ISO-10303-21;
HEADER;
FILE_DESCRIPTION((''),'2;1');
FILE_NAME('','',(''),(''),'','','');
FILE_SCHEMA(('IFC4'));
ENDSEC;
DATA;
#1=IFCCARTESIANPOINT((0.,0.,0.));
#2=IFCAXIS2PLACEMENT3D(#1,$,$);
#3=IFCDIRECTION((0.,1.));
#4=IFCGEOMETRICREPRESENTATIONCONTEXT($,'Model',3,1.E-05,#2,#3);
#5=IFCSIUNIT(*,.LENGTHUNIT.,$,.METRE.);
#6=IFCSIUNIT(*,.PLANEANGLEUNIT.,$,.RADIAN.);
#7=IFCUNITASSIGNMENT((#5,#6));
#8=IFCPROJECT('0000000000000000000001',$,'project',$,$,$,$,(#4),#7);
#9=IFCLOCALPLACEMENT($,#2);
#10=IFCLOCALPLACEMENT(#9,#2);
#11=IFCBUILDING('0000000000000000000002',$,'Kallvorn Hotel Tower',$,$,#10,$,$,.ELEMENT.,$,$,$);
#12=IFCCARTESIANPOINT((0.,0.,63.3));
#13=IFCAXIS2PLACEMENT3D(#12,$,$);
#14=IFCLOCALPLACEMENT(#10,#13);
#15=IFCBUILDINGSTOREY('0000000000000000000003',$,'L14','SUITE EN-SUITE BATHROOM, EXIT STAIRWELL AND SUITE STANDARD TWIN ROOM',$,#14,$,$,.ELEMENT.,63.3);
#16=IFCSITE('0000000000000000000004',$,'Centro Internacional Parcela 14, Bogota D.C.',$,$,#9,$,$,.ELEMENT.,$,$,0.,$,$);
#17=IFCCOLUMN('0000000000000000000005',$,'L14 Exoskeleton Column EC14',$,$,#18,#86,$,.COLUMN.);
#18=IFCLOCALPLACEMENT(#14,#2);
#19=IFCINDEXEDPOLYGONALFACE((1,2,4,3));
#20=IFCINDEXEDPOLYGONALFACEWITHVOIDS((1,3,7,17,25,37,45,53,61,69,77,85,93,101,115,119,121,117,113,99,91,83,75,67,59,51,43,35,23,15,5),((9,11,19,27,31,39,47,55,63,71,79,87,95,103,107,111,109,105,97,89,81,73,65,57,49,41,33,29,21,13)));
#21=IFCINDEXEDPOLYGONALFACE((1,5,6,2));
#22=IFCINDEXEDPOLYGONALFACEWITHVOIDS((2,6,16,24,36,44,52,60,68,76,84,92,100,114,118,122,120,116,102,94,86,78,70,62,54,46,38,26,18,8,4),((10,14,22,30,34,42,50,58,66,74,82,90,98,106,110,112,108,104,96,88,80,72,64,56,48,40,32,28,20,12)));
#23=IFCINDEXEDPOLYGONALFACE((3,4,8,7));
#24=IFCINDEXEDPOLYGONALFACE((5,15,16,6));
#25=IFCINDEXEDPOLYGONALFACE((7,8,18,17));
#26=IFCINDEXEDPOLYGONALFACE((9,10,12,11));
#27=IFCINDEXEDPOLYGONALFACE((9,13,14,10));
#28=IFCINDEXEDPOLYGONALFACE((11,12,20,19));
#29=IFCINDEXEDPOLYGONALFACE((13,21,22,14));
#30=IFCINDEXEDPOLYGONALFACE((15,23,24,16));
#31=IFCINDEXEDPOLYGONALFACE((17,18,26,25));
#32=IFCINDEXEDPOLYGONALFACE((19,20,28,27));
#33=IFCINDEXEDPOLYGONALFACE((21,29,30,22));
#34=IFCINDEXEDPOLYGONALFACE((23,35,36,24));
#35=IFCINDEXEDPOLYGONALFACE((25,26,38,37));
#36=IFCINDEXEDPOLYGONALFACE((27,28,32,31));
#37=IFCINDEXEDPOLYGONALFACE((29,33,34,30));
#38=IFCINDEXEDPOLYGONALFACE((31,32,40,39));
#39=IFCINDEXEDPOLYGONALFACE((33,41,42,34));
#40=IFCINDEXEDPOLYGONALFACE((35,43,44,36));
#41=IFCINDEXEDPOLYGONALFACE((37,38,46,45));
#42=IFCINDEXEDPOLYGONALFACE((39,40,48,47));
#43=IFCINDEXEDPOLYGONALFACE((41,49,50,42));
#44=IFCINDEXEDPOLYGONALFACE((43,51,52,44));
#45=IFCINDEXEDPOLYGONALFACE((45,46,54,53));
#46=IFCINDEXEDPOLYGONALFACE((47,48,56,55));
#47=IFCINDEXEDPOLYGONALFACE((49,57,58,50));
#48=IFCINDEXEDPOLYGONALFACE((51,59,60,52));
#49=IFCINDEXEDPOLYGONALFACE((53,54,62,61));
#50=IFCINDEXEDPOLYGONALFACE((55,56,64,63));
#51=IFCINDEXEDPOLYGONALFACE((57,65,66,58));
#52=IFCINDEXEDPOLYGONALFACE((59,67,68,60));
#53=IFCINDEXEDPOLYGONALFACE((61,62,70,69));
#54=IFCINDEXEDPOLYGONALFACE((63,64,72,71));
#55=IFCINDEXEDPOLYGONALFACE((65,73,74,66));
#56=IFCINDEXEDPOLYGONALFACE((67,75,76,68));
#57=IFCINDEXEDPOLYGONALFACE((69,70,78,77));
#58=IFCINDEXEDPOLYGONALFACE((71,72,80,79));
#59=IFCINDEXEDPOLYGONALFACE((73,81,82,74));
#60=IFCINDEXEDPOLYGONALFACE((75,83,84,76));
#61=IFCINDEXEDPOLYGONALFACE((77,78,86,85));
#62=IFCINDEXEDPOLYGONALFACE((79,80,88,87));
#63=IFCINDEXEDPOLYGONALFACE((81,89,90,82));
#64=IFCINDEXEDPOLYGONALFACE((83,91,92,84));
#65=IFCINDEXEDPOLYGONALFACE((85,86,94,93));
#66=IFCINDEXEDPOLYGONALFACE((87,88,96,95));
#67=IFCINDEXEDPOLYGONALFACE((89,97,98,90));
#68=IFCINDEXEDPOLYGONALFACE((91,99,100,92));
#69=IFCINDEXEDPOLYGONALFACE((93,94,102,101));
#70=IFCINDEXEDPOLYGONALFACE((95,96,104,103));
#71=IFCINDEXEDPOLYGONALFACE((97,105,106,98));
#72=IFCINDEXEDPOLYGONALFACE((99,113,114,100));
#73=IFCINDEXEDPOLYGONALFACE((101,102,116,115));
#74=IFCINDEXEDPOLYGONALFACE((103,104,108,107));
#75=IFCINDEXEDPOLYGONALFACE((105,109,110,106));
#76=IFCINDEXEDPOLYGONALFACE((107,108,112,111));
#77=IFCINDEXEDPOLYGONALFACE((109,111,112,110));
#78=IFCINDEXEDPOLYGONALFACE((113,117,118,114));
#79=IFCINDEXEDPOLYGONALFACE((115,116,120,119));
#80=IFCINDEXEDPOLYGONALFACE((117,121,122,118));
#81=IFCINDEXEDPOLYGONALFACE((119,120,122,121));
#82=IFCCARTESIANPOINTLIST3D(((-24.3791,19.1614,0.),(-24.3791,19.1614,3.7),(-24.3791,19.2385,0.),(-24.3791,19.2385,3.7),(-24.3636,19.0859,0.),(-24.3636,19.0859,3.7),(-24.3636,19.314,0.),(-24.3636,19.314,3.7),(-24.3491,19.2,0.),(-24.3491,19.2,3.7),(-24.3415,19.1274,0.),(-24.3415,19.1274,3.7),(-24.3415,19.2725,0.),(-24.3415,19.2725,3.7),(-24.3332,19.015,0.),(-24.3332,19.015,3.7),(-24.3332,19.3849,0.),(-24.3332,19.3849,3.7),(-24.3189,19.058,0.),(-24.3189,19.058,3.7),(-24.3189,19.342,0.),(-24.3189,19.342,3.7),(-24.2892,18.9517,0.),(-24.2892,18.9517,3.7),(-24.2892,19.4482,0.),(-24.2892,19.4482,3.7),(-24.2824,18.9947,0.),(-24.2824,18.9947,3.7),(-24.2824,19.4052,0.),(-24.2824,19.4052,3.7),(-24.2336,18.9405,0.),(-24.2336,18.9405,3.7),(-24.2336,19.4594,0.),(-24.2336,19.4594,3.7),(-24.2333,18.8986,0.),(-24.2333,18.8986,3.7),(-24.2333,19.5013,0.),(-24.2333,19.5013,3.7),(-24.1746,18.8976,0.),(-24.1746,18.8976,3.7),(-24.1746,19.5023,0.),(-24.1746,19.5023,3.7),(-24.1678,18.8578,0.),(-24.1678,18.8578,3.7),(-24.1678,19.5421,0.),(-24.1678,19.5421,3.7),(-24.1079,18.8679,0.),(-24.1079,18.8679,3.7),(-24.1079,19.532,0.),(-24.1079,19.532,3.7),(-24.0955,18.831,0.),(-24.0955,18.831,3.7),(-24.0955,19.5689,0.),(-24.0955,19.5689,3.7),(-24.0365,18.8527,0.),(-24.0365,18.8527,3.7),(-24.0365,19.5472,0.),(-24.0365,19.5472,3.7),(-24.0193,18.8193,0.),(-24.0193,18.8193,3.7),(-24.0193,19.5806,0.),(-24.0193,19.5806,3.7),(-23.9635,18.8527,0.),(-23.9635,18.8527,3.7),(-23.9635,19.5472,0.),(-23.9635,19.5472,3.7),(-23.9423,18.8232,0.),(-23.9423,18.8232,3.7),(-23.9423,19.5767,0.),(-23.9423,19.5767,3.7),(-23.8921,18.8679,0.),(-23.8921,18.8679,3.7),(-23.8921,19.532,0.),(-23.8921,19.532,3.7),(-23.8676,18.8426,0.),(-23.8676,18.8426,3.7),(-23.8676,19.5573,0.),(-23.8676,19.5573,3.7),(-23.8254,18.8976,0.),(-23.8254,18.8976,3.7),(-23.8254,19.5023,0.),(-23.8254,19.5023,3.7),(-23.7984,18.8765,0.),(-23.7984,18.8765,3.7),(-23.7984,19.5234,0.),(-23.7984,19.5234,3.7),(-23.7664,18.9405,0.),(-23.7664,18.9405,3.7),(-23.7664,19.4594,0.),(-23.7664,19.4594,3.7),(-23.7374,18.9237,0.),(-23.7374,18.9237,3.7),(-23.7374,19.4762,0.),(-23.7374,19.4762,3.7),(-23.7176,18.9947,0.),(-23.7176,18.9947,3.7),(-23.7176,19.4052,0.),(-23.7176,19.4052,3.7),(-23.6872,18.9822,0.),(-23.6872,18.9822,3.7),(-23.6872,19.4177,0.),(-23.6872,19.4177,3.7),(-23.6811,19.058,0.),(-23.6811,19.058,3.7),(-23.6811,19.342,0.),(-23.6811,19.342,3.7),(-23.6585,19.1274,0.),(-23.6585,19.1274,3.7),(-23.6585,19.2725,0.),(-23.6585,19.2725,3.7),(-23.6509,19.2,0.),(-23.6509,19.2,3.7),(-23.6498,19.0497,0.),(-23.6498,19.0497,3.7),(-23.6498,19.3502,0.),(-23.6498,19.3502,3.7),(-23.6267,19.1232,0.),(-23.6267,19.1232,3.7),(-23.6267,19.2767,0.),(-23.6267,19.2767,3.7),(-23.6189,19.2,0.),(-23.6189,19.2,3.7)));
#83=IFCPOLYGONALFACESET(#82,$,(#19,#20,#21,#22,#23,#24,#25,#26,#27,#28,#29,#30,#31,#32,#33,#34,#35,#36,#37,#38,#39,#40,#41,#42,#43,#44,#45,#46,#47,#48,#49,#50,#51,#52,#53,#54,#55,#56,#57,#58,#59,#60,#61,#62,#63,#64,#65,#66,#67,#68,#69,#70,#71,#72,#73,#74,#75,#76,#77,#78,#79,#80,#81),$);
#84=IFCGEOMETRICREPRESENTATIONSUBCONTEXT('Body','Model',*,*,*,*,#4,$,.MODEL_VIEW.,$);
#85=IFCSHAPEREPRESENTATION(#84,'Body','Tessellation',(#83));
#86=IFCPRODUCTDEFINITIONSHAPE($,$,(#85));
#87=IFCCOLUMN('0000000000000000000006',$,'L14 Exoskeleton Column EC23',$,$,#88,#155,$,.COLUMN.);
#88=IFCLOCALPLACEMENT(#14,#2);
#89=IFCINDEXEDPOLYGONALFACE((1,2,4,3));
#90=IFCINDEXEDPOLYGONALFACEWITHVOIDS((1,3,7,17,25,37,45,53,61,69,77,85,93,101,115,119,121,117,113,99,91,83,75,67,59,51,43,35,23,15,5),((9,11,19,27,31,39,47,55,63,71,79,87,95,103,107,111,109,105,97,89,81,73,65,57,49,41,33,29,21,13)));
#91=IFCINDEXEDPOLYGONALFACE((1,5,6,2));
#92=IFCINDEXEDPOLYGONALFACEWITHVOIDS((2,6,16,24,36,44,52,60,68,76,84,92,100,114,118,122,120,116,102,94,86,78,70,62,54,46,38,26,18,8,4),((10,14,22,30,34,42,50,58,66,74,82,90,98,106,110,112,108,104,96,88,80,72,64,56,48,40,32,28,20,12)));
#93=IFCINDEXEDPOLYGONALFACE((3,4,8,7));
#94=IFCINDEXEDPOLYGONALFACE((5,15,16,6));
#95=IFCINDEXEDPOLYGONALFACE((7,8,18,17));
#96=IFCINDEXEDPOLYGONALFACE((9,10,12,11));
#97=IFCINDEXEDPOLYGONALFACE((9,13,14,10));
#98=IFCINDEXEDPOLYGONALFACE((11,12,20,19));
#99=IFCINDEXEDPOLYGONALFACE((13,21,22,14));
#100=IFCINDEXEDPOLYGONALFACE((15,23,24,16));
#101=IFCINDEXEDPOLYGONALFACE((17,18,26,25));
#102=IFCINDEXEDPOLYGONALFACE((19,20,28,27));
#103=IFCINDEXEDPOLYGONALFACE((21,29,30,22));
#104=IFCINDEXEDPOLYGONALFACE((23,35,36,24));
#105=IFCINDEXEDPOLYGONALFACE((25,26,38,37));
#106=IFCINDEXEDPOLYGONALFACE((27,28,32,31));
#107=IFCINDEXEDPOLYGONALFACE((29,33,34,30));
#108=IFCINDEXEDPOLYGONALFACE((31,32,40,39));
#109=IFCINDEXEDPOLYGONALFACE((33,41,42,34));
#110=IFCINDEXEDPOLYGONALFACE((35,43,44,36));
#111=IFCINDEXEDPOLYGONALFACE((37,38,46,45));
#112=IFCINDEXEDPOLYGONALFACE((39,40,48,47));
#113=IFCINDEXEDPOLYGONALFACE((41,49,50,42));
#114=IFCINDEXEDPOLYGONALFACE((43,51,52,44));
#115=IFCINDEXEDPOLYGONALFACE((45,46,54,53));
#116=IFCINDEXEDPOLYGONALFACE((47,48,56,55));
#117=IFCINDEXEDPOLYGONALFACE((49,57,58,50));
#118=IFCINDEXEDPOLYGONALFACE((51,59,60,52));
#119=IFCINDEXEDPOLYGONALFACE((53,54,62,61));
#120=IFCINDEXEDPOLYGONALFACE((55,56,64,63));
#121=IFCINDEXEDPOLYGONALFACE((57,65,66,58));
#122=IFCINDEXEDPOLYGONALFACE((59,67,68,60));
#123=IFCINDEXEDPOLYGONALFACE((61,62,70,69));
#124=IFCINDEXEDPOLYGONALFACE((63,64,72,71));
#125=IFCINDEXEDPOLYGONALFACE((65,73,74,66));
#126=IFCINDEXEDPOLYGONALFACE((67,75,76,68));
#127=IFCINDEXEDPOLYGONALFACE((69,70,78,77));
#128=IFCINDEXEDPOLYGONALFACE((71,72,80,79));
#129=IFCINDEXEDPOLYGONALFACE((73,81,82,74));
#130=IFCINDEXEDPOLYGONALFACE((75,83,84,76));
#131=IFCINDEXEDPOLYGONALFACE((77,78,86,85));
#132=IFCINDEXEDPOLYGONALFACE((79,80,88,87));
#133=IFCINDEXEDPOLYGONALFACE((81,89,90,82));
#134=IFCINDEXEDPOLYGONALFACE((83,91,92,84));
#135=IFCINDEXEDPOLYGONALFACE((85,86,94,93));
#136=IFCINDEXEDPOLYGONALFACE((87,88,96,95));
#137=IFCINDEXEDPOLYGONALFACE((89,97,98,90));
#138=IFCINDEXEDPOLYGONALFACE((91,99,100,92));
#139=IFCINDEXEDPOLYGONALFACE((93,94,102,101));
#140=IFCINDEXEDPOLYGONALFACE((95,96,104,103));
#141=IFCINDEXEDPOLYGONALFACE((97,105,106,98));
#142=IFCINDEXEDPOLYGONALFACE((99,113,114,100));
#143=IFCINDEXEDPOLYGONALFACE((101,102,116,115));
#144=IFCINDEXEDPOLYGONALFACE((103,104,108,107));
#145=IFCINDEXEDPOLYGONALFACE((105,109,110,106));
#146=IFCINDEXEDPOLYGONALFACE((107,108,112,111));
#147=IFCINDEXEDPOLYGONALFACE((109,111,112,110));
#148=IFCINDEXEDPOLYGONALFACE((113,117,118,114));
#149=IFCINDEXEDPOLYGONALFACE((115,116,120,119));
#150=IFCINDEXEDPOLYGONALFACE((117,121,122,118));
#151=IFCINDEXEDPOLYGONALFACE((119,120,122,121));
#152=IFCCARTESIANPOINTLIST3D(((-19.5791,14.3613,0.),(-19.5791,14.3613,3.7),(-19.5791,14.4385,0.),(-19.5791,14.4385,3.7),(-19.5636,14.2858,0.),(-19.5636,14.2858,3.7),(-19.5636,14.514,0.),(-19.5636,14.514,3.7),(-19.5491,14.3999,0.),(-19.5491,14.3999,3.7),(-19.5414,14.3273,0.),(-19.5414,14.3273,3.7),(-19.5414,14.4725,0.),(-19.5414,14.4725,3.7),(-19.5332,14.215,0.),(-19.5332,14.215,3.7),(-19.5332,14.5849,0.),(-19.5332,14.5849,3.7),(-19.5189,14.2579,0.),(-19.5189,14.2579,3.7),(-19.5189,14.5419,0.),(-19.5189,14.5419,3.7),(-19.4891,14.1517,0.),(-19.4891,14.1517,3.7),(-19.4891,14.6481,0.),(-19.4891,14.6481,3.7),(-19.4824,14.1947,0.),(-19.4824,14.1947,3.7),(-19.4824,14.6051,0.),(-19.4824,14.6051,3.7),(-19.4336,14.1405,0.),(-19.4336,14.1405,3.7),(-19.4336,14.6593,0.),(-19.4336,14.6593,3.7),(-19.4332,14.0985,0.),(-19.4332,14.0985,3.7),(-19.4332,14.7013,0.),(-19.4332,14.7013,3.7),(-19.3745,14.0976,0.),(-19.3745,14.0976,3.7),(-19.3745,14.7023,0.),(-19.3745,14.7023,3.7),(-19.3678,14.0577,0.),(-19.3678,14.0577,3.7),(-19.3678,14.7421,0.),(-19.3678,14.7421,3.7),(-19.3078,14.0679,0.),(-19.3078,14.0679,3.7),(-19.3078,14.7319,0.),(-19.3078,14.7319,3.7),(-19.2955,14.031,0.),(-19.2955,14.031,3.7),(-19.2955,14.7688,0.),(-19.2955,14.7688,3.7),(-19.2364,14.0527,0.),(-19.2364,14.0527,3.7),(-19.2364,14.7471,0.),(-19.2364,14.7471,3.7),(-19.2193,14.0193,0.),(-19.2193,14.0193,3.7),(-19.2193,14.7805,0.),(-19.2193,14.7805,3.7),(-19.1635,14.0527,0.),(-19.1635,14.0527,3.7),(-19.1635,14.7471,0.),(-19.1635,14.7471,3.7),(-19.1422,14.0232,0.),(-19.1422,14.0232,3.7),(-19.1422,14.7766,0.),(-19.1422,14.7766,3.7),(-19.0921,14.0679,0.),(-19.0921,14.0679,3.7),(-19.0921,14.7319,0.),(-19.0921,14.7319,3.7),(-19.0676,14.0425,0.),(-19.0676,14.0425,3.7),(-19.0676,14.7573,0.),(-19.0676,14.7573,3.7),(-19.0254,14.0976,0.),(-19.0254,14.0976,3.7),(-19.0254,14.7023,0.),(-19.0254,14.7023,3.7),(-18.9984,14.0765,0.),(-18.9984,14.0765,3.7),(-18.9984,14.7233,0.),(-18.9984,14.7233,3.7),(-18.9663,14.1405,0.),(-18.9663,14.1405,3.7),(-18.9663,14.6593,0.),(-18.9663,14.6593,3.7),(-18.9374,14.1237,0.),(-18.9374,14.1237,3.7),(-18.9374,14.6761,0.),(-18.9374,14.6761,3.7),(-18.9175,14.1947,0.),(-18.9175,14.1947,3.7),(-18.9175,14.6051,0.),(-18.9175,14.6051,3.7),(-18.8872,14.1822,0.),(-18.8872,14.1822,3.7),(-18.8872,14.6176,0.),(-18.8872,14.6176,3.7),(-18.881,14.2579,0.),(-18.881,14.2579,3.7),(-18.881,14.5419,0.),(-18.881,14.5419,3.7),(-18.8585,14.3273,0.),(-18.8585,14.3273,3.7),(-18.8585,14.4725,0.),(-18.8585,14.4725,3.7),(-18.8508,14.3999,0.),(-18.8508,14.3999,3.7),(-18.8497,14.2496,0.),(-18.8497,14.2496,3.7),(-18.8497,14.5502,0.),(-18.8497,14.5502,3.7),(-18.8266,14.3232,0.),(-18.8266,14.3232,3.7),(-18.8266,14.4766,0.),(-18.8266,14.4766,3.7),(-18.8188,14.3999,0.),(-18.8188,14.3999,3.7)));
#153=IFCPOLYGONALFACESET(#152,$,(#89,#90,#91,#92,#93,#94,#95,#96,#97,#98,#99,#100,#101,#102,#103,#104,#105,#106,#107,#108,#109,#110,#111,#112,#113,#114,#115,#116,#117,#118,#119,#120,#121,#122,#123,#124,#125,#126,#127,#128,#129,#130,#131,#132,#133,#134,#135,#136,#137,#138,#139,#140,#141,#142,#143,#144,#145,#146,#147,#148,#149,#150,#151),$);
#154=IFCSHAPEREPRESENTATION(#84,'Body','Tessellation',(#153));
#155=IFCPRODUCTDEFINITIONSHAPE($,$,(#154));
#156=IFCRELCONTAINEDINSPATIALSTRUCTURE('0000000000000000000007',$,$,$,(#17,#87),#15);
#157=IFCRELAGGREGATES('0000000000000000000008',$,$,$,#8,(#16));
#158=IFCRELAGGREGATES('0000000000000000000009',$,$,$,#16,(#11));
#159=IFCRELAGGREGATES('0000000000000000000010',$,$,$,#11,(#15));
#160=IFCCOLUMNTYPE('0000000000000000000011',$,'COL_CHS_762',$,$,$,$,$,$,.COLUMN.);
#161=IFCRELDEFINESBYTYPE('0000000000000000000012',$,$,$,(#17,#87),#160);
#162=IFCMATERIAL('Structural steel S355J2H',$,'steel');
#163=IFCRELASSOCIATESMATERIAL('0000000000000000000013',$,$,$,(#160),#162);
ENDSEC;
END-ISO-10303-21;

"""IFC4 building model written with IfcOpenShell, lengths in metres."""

from ifc_helpers import new_model, si_unit, direction, frame, origin, origin_2d, place, context, subcontext, project, spatial, hollow_circle, extrude, material, material_profile, profile_set, type_object, element, save


model = new_model("IFC4")

# Units and contexts
model_context = context("Model", 3, precision=1e-05, world=origin(), true_north=direction((0.0, 1.0)))
body_context = subcontext(model_context, "Body", "Model", "MODEL_VIEW")
ifc_project = project(units=[si_unit("LENGTHUNIT", "METRE"), si_unit("PLANEANGLEUNIT", "RADIAN")], contexts=[model_context])

# Site, building, storey
site_placement = place(None, origin())
site = spatial("IfcSite", under=ifc_project, at=site_placement, Name="Centro Internacional Parcela 14, Bogota D.C.", CompositionType="ELEMENT", RefElevation=0.0)
building_placement = place(site_placement, origin())
building = spatial("IfcBuilding", under=site, at=building_placement, Name="Kallvorn Hotel Tower", CompositionType="ELEMENT")
storey_placement = place(building_placement, frame((0.0, 0.0, 63.3)))
storey = spatial("IfcBuildingStorey", under=building, at=storey_placement, Name="L14", Description="SUITE EN-SUITE BATHROOM, EXIT STAIRWELL AND SUITE STANDARD TWIN ROOM", CompositionType="ELEMENT", Elevation=63.3)

# Columns
ifc_material_1 = material(Name="Structural steel S355J2H", Category="steel")
ifc_material_profile_1 = material_profile(ifc_material_1, hollow_circle(Radius=0.3811, WallThickness=0.032, at=origin_2d()), Name="CHS 762x32")
ifc_profile_set_1 = profile_set([ifc_material_profile_1], Name="Structural steel S355J2H")
column_type_1 = type_object("IfcColumnType", Name="COL_CHS_762", PredefinedType="COLUMN", material=ifc_profile_set_1)
for number, where, z_axis, x_axis, name in (
    (1, (-24.0, 19.2, 0.0), (0.0, 0.0, 1.0), (1.0, 0.0, 0.0), "L14 Exoskeleton Column EC14"),
    (2, (-19.2, 14.3999, 0.0), (0.0, 0.0, 1.0), (1.0, 0.0, 0.0), "L14 Exoskeleton Column EC23"),
):
    element("IfcColumn", number, at=place(storey_placement, frame(where, z_axis=z_axis, x_axis=x_axis)), inside=storey, type_object=column_type_1, Name=name, PredefinedType="COLUMN", context=body_context, shape_type="SweptSolid", body=[
        extrude(hollow_circle(Radius=0.3811, WallThickness=0.032, at=origin_2d()), origin(), (0.0, 0.0, 1.0), 3.7),
    ])

save(model, "model.ifc")
